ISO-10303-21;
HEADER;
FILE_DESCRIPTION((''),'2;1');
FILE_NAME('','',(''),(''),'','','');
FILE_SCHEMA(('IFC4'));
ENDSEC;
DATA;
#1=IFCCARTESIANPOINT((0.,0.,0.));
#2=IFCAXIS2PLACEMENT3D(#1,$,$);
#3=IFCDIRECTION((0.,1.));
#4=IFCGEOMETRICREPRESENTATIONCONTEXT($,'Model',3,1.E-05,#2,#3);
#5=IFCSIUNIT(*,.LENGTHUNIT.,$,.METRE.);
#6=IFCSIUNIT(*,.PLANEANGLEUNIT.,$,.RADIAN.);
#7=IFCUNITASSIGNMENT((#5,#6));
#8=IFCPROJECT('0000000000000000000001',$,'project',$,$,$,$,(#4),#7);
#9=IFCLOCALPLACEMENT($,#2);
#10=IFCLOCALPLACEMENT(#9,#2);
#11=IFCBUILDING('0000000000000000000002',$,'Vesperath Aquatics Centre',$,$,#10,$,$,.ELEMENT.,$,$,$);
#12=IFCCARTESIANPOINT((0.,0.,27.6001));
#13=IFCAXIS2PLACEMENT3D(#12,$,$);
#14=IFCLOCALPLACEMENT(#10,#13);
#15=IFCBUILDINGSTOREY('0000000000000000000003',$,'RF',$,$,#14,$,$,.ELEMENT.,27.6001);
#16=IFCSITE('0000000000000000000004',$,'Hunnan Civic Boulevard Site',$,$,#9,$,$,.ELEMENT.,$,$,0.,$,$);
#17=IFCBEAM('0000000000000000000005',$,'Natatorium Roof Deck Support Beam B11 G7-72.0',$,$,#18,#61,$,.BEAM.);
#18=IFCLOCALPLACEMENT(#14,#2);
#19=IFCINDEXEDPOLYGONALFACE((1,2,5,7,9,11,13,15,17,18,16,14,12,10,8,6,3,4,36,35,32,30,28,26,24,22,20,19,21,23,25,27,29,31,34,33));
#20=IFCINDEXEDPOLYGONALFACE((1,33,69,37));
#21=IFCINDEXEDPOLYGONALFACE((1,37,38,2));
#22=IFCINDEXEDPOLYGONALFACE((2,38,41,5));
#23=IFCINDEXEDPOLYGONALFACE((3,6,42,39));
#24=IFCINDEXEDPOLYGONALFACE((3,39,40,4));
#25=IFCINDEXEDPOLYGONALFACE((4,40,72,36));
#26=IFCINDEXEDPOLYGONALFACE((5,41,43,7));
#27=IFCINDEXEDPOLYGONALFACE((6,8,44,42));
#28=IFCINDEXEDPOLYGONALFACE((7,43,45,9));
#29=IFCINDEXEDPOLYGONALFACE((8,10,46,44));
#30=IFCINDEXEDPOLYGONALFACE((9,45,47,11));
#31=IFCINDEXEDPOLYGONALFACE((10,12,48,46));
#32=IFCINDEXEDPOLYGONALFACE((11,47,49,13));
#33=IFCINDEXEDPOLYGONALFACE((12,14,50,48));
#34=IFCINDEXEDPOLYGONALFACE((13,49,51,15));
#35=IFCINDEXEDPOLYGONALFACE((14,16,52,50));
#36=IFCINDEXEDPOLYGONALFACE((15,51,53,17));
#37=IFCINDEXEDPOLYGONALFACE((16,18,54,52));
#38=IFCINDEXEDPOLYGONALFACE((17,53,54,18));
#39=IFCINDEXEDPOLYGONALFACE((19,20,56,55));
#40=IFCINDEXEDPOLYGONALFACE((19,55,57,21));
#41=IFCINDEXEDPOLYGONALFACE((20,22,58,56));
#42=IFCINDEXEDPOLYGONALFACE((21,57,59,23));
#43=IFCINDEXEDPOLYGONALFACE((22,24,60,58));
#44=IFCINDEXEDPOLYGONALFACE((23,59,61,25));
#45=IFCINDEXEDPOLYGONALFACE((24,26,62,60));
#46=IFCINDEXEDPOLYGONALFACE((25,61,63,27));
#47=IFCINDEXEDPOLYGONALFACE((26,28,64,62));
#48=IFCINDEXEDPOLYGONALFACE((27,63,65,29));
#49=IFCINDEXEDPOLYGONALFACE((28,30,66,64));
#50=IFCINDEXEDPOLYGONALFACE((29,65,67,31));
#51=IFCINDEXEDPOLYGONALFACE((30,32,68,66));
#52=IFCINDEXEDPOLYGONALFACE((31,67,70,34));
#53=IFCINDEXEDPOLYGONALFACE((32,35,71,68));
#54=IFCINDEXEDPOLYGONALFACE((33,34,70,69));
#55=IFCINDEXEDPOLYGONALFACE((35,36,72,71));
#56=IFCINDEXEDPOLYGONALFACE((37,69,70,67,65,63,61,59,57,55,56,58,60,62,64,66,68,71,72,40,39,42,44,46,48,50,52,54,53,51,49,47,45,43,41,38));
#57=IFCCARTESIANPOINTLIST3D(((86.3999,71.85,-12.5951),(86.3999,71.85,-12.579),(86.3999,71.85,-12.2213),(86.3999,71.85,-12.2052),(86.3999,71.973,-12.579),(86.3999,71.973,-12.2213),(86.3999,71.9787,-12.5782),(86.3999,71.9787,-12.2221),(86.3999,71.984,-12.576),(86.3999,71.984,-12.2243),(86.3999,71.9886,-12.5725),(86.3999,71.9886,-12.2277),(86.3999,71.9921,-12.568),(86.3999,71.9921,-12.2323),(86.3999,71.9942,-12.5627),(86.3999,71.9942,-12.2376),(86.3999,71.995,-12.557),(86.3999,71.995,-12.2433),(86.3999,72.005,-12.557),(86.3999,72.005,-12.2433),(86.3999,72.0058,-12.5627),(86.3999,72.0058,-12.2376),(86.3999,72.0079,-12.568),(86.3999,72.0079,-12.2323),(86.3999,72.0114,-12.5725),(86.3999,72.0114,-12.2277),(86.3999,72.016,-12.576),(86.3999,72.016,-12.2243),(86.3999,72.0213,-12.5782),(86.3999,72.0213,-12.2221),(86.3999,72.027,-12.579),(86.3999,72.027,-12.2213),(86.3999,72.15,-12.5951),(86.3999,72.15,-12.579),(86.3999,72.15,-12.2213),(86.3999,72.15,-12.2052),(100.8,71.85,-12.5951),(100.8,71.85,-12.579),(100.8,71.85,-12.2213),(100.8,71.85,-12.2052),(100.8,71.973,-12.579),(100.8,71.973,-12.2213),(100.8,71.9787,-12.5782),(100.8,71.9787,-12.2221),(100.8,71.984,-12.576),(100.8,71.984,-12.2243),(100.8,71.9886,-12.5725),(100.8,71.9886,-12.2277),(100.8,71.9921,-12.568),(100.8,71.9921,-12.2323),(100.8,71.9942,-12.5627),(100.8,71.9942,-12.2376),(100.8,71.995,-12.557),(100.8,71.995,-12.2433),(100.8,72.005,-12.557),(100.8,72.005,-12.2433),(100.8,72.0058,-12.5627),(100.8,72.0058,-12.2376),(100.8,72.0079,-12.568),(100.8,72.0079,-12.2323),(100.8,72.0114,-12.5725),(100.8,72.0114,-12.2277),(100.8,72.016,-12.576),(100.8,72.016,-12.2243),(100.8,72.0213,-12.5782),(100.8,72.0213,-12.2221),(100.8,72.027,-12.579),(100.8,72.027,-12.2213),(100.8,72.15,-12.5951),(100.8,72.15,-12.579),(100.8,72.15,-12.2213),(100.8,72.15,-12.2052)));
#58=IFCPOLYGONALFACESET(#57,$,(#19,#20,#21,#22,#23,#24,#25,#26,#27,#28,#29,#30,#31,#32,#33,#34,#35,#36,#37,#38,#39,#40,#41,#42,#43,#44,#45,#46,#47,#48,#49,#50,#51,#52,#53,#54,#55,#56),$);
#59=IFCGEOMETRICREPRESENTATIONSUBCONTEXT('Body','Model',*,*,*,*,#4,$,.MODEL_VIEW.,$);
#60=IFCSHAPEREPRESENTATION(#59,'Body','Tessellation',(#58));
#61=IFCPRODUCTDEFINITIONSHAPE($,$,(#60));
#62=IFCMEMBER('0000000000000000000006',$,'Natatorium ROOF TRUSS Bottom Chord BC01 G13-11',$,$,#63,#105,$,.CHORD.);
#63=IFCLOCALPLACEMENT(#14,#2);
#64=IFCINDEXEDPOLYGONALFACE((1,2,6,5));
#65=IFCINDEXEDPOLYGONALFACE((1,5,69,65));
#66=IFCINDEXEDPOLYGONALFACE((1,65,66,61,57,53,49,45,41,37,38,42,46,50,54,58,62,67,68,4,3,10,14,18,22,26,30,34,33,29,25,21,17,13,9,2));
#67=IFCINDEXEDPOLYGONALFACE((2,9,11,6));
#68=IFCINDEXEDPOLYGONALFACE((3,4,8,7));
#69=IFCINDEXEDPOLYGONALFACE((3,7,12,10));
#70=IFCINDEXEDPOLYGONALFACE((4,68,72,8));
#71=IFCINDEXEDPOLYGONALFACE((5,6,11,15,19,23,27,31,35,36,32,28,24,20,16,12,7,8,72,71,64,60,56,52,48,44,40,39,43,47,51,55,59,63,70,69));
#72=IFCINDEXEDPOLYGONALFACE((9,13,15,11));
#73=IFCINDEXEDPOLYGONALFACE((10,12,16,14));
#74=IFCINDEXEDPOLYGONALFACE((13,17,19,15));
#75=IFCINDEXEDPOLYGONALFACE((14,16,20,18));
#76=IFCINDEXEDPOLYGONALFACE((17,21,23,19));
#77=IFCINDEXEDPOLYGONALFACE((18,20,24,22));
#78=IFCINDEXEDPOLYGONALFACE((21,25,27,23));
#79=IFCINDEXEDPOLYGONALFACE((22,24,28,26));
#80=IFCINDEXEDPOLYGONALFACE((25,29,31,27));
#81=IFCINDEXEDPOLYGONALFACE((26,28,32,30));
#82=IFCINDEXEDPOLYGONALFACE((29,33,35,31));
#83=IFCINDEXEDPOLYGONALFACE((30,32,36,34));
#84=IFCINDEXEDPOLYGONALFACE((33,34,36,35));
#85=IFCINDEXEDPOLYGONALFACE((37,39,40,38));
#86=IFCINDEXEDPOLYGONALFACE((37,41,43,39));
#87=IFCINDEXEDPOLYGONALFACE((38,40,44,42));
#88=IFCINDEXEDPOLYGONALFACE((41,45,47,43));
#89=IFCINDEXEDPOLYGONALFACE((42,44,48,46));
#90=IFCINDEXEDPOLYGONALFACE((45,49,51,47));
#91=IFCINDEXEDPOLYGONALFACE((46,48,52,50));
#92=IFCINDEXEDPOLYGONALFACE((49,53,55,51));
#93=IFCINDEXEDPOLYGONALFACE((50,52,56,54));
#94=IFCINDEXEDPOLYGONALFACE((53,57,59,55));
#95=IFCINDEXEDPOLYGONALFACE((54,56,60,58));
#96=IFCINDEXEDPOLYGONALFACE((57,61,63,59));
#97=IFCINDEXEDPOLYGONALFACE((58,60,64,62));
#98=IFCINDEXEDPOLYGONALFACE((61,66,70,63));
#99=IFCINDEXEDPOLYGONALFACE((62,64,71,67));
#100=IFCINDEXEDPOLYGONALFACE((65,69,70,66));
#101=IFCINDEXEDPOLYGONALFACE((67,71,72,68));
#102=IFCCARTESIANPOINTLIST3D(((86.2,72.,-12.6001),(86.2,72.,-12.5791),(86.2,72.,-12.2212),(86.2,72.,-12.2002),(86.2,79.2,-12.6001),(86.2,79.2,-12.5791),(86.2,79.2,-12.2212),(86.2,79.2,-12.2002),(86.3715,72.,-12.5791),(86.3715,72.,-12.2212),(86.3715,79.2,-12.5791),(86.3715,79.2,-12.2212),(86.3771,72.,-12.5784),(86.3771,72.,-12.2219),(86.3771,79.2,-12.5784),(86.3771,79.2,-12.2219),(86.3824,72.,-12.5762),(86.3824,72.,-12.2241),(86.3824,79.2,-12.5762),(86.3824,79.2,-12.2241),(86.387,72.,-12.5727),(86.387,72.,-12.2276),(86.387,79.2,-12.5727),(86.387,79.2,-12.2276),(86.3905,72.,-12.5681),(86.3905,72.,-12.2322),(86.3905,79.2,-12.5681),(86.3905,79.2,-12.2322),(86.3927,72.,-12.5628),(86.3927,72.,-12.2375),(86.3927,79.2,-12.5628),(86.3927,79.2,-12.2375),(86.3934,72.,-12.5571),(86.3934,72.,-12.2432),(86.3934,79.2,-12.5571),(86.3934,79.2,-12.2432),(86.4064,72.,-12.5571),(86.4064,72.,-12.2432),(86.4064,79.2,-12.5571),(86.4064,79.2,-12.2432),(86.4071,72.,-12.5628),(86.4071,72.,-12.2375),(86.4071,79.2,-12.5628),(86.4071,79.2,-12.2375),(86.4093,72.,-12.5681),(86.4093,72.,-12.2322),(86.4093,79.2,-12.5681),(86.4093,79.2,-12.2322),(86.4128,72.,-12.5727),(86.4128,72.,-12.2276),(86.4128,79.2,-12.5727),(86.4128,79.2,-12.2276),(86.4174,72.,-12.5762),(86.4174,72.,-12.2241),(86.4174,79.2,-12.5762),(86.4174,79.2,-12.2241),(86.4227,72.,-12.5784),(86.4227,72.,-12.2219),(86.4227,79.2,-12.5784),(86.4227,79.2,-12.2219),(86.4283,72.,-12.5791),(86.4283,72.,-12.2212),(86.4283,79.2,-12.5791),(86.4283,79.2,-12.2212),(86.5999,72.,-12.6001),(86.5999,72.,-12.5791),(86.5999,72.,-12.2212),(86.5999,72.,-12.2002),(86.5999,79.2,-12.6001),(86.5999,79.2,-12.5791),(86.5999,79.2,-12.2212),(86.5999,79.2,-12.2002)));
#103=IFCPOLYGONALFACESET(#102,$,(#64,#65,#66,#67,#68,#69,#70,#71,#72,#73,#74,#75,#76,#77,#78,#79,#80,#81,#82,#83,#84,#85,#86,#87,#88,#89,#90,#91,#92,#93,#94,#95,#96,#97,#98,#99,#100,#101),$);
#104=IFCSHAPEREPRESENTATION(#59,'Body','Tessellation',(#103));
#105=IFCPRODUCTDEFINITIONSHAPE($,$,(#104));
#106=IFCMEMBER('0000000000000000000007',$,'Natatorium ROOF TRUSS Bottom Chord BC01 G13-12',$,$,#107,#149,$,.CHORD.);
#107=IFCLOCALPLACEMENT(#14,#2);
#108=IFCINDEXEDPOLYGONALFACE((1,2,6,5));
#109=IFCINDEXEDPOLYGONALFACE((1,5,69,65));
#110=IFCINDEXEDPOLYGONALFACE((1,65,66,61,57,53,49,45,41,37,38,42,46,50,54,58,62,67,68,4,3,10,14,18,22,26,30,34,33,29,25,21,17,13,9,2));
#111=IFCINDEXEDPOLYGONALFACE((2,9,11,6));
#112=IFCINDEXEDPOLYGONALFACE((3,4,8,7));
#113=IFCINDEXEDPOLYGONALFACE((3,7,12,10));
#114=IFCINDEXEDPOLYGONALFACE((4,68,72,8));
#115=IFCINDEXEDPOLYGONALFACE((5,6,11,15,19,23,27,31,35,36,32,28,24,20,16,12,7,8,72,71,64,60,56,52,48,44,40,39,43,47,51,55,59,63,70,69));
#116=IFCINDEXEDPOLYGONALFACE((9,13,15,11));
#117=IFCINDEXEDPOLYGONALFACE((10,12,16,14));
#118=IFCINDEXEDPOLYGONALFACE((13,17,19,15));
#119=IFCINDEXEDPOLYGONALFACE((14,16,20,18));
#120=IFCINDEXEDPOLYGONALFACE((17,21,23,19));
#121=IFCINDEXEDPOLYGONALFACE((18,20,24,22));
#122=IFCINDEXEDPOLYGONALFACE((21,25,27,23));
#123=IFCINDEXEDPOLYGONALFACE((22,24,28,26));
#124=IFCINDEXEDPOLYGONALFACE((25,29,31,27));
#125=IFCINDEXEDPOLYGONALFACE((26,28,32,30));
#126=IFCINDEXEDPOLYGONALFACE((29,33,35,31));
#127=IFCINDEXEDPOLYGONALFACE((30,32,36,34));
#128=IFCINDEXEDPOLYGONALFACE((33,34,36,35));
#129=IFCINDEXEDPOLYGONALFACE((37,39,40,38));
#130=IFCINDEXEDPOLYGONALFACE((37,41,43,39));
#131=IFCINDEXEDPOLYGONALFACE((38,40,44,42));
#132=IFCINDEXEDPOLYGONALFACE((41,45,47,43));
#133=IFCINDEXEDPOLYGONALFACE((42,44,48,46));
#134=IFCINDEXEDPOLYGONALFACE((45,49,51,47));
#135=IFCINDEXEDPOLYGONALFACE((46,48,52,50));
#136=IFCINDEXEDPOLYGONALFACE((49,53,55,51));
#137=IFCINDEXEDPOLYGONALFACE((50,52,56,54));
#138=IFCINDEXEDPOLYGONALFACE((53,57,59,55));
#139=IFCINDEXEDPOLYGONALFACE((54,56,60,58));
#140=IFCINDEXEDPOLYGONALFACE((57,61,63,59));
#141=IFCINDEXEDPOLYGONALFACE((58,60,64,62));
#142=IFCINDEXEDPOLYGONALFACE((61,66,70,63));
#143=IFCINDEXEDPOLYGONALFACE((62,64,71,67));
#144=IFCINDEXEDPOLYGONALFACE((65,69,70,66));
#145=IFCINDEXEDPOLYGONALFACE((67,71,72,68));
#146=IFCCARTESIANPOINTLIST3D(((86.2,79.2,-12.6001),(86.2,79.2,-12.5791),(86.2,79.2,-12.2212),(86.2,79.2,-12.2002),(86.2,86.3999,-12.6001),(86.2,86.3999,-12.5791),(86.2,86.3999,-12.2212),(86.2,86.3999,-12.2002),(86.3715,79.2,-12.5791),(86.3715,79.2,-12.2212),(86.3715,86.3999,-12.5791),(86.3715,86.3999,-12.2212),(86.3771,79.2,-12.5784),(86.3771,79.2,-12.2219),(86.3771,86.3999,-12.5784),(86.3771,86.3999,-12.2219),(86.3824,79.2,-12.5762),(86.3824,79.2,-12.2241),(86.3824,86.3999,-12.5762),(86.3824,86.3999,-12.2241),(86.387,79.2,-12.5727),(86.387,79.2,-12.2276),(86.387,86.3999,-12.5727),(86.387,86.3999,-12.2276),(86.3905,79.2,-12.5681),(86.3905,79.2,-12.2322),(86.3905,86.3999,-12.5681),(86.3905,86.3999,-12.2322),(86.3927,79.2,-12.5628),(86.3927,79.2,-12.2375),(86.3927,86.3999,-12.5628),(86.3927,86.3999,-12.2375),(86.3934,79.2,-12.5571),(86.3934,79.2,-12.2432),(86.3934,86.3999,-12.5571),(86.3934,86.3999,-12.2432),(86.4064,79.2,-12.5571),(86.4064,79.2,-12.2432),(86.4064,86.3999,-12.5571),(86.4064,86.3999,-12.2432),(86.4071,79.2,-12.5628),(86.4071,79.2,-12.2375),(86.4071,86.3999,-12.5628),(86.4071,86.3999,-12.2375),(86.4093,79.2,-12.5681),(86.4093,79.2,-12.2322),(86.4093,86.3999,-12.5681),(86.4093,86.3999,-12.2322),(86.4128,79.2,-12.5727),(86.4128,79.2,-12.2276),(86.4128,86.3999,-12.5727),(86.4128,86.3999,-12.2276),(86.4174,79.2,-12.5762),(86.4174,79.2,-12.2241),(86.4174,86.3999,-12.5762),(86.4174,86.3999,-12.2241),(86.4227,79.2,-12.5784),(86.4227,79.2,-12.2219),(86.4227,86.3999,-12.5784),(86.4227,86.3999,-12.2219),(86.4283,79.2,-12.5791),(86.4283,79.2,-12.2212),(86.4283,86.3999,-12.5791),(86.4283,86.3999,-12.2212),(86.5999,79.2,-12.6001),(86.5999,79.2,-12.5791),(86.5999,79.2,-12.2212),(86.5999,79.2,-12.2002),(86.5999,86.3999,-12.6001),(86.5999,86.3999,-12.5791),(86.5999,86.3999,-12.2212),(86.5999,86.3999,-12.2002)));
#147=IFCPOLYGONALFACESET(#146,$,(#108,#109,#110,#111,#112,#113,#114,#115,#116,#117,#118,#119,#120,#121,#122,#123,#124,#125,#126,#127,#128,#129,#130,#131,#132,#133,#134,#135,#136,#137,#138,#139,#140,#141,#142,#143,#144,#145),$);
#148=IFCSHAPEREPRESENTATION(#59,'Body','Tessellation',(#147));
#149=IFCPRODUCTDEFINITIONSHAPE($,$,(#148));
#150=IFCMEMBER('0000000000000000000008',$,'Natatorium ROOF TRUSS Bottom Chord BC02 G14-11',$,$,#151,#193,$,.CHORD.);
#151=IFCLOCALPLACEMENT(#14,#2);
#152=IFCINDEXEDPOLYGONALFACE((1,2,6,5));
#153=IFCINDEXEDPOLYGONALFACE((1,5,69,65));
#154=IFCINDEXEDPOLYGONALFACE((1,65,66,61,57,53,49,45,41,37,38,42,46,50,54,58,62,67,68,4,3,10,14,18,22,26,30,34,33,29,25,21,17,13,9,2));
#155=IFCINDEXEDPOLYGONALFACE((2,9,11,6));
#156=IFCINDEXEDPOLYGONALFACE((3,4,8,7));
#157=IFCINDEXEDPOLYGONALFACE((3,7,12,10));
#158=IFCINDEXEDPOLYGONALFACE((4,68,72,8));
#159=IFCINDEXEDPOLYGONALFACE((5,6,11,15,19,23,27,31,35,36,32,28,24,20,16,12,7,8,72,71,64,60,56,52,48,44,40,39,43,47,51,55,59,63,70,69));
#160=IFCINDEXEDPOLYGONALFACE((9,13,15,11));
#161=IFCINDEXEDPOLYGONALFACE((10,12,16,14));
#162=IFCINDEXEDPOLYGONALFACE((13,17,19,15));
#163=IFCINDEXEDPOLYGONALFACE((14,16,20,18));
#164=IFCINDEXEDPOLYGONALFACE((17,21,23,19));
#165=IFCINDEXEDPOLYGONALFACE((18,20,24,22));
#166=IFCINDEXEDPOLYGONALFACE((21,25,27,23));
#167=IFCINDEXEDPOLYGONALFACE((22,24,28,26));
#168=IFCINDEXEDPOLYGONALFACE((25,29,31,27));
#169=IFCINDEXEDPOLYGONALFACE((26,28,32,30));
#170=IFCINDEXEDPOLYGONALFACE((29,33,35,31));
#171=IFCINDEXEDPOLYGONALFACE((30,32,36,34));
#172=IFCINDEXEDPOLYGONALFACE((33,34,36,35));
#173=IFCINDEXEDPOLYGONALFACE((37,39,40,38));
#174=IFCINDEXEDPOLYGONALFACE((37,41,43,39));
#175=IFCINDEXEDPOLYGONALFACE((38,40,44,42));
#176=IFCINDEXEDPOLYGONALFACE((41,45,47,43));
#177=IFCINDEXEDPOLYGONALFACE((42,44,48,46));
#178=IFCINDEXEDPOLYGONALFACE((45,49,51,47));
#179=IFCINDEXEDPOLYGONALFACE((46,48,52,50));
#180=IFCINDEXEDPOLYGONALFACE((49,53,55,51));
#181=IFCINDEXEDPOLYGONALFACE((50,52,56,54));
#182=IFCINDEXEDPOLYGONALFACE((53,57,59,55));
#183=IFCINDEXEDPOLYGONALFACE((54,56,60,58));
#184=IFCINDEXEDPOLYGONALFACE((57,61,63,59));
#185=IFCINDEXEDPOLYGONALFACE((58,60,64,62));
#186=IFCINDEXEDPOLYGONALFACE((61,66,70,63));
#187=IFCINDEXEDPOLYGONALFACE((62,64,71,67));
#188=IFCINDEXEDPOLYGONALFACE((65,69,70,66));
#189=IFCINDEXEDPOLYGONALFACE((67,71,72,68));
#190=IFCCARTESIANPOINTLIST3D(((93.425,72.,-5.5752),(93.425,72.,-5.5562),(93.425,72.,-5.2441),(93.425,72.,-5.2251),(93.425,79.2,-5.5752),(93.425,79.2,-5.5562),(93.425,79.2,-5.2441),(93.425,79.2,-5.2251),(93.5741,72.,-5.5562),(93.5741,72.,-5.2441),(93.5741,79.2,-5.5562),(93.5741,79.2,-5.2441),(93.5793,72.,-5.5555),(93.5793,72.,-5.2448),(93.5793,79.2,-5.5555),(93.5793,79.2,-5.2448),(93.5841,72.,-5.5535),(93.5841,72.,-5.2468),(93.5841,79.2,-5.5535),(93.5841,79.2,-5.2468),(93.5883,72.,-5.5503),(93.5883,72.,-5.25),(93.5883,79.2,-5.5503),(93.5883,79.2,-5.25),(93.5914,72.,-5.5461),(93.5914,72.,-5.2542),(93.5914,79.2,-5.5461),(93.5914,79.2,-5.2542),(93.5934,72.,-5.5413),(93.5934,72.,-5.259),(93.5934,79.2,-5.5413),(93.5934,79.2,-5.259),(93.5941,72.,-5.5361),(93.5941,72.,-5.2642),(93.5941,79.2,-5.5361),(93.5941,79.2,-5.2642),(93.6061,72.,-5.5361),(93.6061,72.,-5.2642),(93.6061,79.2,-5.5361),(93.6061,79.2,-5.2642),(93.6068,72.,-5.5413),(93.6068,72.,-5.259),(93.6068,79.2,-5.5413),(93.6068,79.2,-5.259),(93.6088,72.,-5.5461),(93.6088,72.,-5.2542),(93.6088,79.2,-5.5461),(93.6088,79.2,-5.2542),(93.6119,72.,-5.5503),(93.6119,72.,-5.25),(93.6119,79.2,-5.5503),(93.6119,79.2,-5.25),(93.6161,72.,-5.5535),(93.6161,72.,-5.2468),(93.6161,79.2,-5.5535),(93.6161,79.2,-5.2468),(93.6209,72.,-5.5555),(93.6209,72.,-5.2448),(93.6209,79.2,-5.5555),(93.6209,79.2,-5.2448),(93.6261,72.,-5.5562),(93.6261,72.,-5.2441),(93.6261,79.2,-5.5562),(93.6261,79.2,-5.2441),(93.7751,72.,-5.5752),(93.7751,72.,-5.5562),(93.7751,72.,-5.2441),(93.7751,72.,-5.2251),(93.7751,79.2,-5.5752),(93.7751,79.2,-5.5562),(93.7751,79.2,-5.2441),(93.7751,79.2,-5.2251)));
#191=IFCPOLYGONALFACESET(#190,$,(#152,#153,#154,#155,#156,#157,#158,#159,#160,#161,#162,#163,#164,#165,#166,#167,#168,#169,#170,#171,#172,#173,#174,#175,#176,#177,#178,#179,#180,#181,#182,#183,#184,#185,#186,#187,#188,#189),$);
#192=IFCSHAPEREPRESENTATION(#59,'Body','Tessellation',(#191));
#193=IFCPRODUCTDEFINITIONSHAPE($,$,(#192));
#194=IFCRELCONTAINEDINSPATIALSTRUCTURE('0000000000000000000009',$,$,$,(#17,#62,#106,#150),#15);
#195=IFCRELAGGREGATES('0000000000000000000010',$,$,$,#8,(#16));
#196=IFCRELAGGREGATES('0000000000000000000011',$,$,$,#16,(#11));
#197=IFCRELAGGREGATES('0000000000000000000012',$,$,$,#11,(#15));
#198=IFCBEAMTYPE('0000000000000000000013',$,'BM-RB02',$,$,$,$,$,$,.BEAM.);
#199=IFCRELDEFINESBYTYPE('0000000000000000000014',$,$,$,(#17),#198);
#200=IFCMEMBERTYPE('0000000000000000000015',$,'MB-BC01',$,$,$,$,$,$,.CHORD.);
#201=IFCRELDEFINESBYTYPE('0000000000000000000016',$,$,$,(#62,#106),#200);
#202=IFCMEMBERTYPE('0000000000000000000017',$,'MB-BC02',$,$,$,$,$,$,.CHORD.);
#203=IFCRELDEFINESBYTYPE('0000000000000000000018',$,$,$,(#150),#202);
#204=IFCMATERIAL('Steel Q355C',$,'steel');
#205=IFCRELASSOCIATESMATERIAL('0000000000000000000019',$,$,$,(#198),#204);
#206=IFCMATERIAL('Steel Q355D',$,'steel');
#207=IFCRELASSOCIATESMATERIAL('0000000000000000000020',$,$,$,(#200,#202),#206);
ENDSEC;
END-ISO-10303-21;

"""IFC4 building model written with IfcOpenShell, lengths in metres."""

from ifc_helpers import new_model, si_unit, direction, frame, origin, origin_2d, place, context, subcontext, project, spatial, i_section, extrude, material, material_profile, profile_set, type_object, element, save


model = new_model("IFC4")

# Units and contexts
model_context = context("Model", 3, precision=1e-05, world=origin(), true_north=direction((0.0, 1.0)))
body_context = subcontext(model_context, "Body", "Model", "MODEL_VIEW")
ifc_project = project(units=[si_unit("LENGTHUNIT", "METRE"), si_unit("PLANEANGLEUNIT", "RADIAN")], contexts=[model_context])

# Site, building, storey
site_placement = place(None, origin())
site = spatial("IfcSite", under=ifc_project, at=site_placement, Name="Hunnan Civic Boulevard Site", CompositionType="ELEMENT", RefElevation=0.0)
building_placement = place(site_placement, origin())
building = spatial("IfcBuilding", under=site, at=building_placement, Name="Vesperath Aquatics Centre", CompositionType="ELEMENT")
storey_placement = place(building_placement, frame((0.0, 0.0, 27.6001)))
storey = spatial("IfcBuildingStorey", under=building, at=storey_placement, Name="RF", CompositionType="ELEMENT", Elevation=27.6001)

# Beam
ifc_material_1 = material(Name="Steel Q355C", Category="steel")
ifc_material_profile_1 = material_profile(ifc_material_1, i_section(OverallWidth=0.3, OverallDepth=0.3899, WebThickness=0.01, FlangeThickness=0.0161, FilletRadius=0.022, at=origin_2d()), Name="HM 390x300x10x16")
ifc_profile_set_1 = profile_set([ifc_material_profile_1], Name="Steel Q355C")
beam_type = type_object("IfcBeamType", Name="BM-RB02", PredefinedType="BEAM", material=ifc_profile_set_1)
beam_placement = place(storey_placement, frame((86.3999, 72.0, -12.4001), z_axis=(1.0, 0.0, 0.0), x_axis=(0.0, 1.0, 0.0)))
element("IfcBeam", 1, at=beam_placement, inside=storey, type_object=beam_type, Name="Natatorium Roof Deck Support Beam B11 G7-72.0", PredefinedType="BEAM", context=body_context, shape_type="SweptSolid", body=[
    extrude(i_section(OverallWidth=0.3, OverallDepth=0.3899, WebThickness=0.01, FlangeThickness=0.0161, FilletRadius=0.022, at=origin_2d()), origin(), (0.0, 0.0, 1.0), 14.4001),
])

# Members
ifc_material_2 = material(Name="Steel Q355D", Category="steel")
ifc_material_profile_2 = material_profile(ifc_material_2, i_section(OverallWidth=0.3999, OverallDepth=0.3999, WebThickness=0.0129, FlangeThickness=0.021, FilletRadius=0.022, at=origin_2d()), Name="HW 400x400x13x21")
ifc_profile_set_2 = profile_set([ifc_material_profile_2], Name="Steel Q355D")
member_type_1 = type_object("IfcMemberType", Name="MB-BC01", PredefinedType="CHORD", material=ifc_profile_set_2)
for number, where, z_axis, x_axis, name in (
    (2, (86.3999, 72.0, -12.4001), (0.0, 1.0, 0.0), (-1.0, 0.0, 0.0), "Natatorium ROOF TRUSS Bottom Chord BC01 G13-11"),
    (3, (86.3999, 79.2, -12.4001), (0.0, 1.0, 0.0), (-1.0, 0.0, 0.0), "Natatorium ROOF TRUSS Bottom Chord BC01 G13-12"),
):
    element("IfcMember", number, at=place(storey_placement, frame(where, z_axis=z_axis, x_axis=x_axis)), inside=storey, type_object=member_type_1, Name=name, PredefinedType="CHORD", context=body_context, shape_type="SweptSolid", body=[
        extrude(i_section(OverallWidth=0.3999, OverallDepth=0.3999, WebThickness=0.0129, FlangeThickness=0.021, FilletRadius=0.022, at=origin_2d()), origin(), (0.0, 0.0, 1.0), 7.2),
    ])
ifc_material_profile_3 = material_profile(ifc_material_2, i_section(OverallWidth=0.3501, OverallDepth=0.3501, WebThickness=0.012, FlangeThickness=0.019, FilletRadius=0.02, at=origin_2d()), Name="HW 350x350x12x19")
ifc_profile_set_3 = profile_set([ifc_material_profile_3], Name="Steel Q355D")
member_type_2 = type_object("IfcMemberType", Name="MB-BC02", PredefinedType="CHORD", material=ifc_profile_set_3)
member_1_placement = place(storey_placement, frame((93.6001, 72.0, -5.4001), z_axis=(0.0, 1.0, 0.0), x_axis=(-1.0, 0.0, 0.0)))
element("IfcMember", 4, at=member_1_placement, inside=storey, type_object=member_type_2, Name="Natatorium ROOF TRUSS Bottom Chord BC02 G14-11", PredefinedType="CHORD", context=body_context, shape_type="SweptSolid", body=[
    extrude(i_section(OverallWidth=0.3501, OverallDepth=0.3501, WebThickness=0.012, FlangeThickness=0.019, FilletRadius=0.02, at=origin_2d()), origin(), (0.0, 0.0, 1.0), 7.2),
])

save(model, "model.ifc")
